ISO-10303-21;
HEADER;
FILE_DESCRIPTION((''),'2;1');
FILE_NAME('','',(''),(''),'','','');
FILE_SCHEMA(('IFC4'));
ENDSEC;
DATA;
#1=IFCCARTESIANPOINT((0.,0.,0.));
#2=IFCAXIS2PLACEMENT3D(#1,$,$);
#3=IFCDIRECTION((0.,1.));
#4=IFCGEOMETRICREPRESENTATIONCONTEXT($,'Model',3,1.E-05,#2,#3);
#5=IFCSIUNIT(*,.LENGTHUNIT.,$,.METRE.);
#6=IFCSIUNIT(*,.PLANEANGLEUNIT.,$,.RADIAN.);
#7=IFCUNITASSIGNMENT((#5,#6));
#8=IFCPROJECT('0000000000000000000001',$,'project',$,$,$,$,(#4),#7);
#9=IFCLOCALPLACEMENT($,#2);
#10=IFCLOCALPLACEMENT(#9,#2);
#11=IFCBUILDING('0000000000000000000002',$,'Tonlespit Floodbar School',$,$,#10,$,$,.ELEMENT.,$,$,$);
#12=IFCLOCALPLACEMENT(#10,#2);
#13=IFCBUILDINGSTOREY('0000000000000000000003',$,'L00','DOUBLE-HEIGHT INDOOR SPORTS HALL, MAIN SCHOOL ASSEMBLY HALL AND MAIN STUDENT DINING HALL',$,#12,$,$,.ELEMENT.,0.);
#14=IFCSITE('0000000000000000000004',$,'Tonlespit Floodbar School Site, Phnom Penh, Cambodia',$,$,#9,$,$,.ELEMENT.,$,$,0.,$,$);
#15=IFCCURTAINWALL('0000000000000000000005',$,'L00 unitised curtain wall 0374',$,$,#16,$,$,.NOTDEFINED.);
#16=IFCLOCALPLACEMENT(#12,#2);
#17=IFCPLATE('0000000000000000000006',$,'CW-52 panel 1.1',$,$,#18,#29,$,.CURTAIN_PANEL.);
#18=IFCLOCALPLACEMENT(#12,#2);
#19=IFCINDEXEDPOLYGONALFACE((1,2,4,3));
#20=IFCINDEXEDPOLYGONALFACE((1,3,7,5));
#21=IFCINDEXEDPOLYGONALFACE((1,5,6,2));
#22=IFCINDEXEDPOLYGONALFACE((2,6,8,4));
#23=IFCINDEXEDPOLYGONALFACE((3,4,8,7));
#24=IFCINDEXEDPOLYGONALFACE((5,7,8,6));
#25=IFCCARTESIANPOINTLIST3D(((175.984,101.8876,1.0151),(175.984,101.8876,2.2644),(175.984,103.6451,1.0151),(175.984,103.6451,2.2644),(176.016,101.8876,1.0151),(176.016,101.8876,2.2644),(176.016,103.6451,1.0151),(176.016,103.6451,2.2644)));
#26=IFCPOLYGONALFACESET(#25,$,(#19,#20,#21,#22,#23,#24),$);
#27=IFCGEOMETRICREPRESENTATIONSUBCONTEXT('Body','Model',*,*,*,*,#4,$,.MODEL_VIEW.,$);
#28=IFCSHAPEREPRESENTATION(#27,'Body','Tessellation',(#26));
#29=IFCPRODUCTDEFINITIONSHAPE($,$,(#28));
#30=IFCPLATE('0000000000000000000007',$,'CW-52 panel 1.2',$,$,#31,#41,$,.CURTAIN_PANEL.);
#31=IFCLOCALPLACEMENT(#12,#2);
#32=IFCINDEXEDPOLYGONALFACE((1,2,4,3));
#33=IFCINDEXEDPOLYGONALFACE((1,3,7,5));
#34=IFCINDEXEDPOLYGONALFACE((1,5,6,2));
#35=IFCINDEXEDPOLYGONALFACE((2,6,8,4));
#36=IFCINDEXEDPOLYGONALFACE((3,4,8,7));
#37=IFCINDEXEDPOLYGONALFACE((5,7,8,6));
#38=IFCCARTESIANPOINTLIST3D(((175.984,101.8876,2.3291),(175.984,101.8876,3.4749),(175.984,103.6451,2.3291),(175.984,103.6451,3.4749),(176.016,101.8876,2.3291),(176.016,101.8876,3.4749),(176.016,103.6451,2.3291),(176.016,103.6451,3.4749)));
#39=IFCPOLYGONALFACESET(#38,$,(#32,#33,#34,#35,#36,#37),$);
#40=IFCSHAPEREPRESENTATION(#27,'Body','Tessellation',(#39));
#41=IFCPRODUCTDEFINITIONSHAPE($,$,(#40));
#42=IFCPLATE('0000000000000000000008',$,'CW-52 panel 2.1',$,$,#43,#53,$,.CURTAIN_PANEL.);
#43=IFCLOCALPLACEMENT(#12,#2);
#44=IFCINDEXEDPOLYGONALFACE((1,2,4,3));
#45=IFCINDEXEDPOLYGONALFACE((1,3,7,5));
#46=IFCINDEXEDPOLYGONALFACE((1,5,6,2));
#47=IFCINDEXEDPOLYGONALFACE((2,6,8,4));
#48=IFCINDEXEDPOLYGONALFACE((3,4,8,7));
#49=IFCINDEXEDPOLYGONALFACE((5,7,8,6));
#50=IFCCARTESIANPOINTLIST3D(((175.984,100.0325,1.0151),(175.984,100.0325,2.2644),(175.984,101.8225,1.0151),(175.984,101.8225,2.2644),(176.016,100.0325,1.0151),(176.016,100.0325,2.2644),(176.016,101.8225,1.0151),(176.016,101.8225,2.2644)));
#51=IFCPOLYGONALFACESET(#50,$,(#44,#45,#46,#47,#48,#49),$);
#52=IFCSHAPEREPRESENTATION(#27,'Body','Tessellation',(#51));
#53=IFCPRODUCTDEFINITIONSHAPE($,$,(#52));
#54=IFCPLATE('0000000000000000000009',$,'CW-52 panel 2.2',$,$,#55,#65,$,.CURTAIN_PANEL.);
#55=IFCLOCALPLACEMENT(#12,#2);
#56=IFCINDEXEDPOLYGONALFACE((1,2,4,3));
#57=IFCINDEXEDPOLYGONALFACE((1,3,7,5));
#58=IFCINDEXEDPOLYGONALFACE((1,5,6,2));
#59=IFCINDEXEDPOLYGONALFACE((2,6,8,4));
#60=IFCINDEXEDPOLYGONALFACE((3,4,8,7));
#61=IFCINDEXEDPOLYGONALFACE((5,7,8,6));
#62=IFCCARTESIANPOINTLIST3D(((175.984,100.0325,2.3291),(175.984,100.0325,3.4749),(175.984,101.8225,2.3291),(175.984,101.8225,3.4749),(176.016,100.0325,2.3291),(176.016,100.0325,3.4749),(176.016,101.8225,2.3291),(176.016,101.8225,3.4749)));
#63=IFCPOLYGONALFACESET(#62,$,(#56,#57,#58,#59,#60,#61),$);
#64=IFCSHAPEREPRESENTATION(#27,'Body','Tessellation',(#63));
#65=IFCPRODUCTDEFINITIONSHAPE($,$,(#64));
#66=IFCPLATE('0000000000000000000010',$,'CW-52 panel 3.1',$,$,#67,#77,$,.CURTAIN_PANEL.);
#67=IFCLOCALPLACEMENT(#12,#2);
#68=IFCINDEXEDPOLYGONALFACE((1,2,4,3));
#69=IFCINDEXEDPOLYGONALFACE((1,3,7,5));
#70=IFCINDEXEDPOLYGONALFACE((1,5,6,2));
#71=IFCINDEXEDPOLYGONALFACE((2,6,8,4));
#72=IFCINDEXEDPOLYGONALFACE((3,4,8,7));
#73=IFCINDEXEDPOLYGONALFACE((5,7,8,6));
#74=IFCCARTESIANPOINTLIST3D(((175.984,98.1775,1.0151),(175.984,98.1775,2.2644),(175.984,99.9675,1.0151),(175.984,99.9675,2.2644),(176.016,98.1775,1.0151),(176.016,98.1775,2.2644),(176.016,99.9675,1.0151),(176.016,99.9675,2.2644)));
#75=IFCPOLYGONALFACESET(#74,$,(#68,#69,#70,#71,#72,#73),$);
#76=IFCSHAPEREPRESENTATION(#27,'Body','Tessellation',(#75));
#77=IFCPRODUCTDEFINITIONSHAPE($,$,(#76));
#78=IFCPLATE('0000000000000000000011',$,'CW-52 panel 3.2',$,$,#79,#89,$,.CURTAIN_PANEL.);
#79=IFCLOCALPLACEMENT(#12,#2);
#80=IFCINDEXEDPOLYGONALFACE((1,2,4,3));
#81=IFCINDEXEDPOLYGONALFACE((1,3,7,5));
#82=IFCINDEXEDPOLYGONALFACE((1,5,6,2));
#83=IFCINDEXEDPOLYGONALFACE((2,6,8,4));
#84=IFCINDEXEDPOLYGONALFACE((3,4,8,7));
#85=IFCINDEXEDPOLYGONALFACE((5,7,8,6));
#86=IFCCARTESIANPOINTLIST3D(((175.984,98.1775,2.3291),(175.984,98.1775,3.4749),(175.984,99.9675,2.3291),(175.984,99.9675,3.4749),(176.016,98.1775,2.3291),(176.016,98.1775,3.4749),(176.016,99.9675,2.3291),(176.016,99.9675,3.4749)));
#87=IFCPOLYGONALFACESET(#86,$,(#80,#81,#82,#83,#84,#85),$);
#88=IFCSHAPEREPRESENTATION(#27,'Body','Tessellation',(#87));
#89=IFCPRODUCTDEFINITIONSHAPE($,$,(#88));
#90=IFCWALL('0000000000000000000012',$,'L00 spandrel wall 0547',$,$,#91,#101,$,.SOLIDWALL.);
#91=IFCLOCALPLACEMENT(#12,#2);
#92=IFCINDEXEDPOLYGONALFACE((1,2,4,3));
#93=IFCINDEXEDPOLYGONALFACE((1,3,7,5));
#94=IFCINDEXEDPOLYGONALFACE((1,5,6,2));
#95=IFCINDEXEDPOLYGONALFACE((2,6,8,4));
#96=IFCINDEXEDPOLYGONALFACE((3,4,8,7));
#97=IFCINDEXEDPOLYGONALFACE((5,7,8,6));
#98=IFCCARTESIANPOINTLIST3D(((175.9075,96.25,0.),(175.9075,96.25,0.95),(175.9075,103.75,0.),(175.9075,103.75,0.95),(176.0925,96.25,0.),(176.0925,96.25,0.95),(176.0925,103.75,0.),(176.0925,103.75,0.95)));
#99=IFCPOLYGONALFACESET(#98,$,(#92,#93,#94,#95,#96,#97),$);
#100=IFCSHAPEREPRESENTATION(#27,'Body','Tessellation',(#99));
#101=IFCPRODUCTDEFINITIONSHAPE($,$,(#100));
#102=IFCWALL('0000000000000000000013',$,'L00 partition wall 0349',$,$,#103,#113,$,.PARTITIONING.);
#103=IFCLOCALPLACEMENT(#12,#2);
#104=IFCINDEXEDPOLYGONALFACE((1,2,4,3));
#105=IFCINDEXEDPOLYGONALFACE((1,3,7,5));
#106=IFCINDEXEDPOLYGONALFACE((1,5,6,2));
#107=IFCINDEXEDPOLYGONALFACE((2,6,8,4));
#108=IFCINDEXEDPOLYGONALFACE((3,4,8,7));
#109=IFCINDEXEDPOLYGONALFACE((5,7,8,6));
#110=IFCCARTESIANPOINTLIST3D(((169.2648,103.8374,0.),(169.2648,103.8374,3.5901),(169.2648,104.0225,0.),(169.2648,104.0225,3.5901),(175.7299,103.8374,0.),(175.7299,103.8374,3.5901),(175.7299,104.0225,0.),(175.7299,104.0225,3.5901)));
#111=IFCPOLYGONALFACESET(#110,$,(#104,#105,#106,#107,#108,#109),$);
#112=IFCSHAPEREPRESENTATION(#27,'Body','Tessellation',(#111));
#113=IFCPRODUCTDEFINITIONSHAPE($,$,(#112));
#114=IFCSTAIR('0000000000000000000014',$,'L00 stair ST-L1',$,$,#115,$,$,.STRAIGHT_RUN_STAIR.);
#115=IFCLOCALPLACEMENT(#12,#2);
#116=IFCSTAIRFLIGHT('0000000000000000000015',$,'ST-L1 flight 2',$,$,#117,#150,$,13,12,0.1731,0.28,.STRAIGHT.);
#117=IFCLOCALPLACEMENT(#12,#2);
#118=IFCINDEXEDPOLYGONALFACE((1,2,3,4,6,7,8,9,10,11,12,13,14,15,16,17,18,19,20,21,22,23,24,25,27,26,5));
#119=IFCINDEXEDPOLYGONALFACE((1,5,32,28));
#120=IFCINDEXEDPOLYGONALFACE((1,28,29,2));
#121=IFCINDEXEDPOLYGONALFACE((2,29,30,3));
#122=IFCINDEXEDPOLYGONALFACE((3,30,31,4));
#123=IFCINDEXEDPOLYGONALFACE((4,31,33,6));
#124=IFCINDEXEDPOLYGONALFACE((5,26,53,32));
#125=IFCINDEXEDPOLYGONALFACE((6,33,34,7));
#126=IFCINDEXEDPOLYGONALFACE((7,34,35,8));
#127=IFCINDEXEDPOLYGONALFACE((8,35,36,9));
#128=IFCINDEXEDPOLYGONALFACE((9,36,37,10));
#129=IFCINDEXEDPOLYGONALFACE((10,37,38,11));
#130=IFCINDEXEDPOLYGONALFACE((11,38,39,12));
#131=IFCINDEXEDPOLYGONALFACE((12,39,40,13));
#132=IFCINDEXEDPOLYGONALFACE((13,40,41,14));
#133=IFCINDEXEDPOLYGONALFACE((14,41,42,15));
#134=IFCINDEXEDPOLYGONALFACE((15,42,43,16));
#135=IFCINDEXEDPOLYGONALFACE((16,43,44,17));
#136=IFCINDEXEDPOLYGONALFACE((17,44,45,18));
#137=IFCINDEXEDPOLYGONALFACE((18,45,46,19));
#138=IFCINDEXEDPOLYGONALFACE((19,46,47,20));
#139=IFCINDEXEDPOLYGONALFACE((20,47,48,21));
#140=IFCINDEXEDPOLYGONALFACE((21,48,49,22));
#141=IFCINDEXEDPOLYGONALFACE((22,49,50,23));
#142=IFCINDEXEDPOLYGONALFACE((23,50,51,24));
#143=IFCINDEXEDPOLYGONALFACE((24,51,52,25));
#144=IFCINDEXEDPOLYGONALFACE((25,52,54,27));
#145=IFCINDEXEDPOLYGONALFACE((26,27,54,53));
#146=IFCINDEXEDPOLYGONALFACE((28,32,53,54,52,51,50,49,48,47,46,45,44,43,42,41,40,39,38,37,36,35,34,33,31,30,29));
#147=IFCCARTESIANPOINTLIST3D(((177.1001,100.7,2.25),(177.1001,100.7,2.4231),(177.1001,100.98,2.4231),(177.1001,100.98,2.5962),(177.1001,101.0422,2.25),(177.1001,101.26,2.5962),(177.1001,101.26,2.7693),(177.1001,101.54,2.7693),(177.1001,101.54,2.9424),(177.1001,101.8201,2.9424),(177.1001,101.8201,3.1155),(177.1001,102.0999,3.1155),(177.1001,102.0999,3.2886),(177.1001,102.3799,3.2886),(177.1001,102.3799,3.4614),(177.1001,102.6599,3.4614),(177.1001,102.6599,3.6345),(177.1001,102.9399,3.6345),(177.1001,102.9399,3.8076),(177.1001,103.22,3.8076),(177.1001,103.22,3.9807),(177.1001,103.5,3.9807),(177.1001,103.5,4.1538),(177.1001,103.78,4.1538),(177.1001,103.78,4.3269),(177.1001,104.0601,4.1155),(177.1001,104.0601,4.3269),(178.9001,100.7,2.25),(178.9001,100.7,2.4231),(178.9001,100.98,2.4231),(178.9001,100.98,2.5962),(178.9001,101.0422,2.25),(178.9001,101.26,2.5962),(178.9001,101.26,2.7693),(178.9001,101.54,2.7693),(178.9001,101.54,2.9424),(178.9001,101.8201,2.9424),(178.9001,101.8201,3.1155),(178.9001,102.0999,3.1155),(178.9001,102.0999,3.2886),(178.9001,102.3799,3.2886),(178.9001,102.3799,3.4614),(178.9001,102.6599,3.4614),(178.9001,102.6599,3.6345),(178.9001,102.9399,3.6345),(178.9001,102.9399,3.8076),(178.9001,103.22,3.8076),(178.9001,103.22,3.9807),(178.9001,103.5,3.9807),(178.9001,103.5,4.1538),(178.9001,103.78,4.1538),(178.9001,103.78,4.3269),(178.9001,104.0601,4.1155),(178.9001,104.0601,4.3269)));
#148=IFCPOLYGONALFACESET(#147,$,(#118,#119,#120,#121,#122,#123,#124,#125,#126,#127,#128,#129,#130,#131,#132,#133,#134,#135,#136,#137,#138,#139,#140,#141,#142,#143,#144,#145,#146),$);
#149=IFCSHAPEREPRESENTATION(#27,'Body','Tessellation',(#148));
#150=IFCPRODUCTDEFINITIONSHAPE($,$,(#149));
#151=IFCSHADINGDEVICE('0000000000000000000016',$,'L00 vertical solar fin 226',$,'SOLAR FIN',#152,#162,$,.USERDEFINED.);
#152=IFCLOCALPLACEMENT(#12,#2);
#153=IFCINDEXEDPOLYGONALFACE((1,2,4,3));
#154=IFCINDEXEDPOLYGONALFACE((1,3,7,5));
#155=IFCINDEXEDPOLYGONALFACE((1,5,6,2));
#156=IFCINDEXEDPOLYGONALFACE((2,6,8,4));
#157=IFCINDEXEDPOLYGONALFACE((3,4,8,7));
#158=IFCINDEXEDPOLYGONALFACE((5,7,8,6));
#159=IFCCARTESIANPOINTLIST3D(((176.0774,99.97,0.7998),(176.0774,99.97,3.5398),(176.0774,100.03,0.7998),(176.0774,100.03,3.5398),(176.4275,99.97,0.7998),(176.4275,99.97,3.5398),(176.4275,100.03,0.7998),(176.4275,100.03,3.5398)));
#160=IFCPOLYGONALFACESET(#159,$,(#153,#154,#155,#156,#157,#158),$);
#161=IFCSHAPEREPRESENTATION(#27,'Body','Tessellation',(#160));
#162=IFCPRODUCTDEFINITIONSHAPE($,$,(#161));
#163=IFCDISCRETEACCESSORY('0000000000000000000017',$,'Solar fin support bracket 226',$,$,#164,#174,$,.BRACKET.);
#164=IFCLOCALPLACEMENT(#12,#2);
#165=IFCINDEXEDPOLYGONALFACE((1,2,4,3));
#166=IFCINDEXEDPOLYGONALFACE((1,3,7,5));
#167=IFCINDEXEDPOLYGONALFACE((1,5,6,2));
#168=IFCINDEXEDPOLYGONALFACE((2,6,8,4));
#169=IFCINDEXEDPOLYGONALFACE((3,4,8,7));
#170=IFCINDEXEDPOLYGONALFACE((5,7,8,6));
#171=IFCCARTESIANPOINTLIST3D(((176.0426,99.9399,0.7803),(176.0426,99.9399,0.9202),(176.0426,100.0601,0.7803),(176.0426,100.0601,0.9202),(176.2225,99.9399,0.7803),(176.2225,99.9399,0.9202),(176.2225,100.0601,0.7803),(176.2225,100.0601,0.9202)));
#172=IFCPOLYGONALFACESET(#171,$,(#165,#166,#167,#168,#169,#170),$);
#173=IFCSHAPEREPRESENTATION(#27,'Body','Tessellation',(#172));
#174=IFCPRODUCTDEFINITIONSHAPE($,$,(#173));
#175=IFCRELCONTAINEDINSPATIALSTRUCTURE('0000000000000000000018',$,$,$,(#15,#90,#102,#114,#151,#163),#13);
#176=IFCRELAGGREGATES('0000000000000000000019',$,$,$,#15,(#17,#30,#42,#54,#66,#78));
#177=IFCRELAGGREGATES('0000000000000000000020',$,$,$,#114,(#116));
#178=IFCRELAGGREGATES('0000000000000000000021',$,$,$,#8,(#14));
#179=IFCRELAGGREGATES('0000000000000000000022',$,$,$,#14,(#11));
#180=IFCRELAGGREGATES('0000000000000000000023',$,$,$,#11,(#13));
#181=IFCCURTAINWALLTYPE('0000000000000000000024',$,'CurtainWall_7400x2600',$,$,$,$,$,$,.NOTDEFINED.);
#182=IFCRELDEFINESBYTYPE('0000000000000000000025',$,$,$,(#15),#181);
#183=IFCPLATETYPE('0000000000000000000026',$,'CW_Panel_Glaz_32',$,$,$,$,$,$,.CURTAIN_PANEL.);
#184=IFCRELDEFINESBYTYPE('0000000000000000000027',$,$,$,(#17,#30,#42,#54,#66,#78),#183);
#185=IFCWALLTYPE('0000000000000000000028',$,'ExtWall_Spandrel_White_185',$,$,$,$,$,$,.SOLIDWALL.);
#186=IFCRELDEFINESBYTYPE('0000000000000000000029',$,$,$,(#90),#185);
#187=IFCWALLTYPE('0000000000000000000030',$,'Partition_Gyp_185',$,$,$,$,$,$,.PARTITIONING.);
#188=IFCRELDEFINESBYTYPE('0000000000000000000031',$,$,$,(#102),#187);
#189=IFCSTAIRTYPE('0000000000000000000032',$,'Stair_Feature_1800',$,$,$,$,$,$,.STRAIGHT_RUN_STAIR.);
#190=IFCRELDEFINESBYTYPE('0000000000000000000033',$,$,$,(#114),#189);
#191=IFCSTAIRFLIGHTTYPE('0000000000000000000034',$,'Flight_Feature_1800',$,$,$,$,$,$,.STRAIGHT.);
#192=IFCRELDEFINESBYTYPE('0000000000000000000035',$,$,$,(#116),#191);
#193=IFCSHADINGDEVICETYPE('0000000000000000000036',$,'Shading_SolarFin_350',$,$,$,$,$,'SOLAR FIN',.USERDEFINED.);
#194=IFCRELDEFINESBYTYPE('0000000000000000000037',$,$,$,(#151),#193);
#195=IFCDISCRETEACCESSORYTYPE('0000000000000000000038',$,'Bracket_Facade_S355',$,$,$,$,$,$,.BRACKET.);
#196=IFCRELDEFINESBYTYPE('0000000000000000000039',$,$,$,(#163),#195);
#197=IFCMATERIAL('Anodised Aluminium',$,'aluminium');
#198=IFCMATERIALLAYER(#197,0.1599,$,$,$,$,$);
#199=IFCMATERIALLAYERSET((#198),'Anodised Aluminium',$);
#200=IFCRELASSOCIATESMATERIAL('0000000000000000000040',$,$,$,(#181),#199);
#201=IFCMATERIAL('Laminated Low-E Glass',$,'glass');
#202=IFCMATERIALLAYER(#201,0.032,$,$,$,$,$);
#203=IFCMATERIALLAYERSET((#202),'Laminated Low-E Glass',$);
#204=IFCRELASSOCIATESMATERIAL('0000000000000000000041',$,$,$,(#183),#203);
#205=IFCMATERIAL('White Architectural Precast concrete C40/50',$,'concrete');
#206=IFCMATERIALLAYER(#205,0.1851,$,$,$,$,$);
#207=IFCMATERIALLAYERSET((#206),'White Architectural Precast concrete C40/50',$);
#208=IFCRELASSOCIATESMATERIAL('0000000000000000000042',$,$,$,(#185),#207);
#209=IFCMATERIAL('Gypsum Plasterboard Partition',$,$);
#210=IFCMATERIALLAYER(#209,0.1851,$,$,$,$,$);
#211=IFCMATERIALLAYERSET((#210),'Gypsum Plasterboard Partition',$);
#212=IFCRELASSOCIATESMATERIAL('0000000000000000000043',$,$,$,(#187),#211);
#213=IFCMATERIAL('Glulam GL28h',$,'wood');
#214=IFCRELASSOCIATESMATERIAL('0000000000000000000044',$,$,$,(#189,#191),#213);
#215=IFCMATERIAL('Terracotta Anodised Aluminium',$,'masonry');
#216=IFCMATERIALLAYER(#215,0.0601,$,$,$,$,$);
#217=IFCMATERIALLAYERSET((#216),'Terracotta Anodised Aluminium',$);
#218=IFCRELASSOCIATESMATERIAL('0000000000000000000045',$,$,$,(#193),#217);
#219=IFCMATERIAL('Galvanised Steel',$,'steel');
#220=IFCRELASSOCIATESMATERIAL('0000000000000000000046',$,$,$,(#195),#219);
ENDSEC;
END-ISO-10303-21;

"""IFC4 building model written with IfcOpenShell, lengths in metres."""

from ifc_helpers import new_model, si_unit, direction, frame, frame_2d, origin, origin_2d, place, context, subcontext, project, spatial, polyline, rectangle, outline, extrude, material, layer, layer_set, type_object, element, aggregate, save


model = new_model("IFC4")

# Units and contexts
model_context = context("Model", 3, precision=1e-05, world=origin(), true_north=direction((0.0, 1.0)))
body_context = subcontext(model_context, "Body", "Model", "MODEL_VIEW")
ifc_project = project(units=[si_unit("LENGTHUNIT", "METRE"), si_unit("PLANEANGLEUNIT", "RADIAN")], contexts=[model_context])

# Site, building, storey
site_placement = place(None, origin())
site = spatial("IfcSite", under=ifc_project, at=site_placement, Name="Tonlespit Floodbar School Site, Phnom Penh, Cambodia", CompositionType="ELEMENT", RefElevation=0.0)
building_placement = place(site_placement, origin())
building = spatial("IfcBuilding", under=site, at=building_placement, Name="Tonlespit Floodbar School", CompositionType="ELEMENT")
storey_placement = place(building_placement, origin())
storey = spatial("IfcBuildingStorey", under=building, at=storey_placement, Name="L00", Description="DOUBLE-HEIGHT INDOOR SPORTS HALL, MAIN SCHOOL ASSEMBLY HALL AND MAIN STUDENT DINING HALL", CompositionType="ELEMENT", Elevation=0.0)

# Curtain wall, plates
ifc_material_1 = material(Name="Anodised Aluminium", Category="aluminium")
ifc_layer_1 = layer(ifc_material_1, 0.1599)
ifc_layer_set_1 = layer_set([ifc_layer_1], Name="Anodised Aluminium")
curtain_wall_type = type_object("IfcCurtainWallType", Name="CurtainWall_7400x2600", PredefinedType="NOTDEFINED", material=ifc_layer_set_1)
curtain_wall_placement = place(storey_placement, origin())
curtain_wall = element("IfcCurtainWall", 1, at=curtain_wall_placement, inside=storey, type_object=curtain_wall_type, Name="L00 unitised curtain wall 0374", PredefinedType="NOTDEFINED")
ifc_material_2 = material(Name="Laminated Low-E Glass", Category="glass")
ifc_layer_2 = layer(ifc_material_2, 0.032)
ifc_layer_set_2 = layer_set([ifc_layer_2], Name="Laminated Low-E Glass")
plate_type = type_object("IfcPlateType", Name="CW_Panel_Glaz_32", PredefinedType="CURTAIN_PANEL", material=ifc_layer_set_2)
plate_1_placement = place(storey_placement, frame((176.0, 102.7664, 1.0151), z_axis=(0.0, 0.0, 1.0), x_axis=(0.0, -1.0, 0.0)))
plate_1 = element("IfcPlate", 2, at=plate_1_placement, type_object=plate_type, Name="CW-52 panel 1.1", PredefinedType="CURTAIN_PANEL", context=body_context, shape_type="SweptSolid", body=[
    extrude(rectangle(XDim=1.7576, YDim=0.032, at=origin_2d()), origin(), (0.0, 0.0, 1.0), 1.2493),
])
plate_2_placement = place(storey_placement, frame((176.0, 102.7664, 2.3291), z_axis=(0.0, 0.0, 1.0), x_axis=(0.0, -1.0, 0.0)))
plate_2 = element("IfcPlate", 3, at=plate_2_placement, type_object=plate_type, Name="CW-52 panel 1.2", PredefinedType="CURTAIN_PANEL", context=body_context, shape_type="SweptSolid", body=[
    extrude(rectangle(XDim=1.7576, YDim=0.032, at=origin_2d()), origin(), (0.0, 0.0, 1.0), 1.1458),
])
plate_3_placement = place(storey_placement, frame((176.0, 100.9275, 1.0151), z_axis=(0.0, 0.0, 1.0), x_axis=(0.0, -1.0, 0.0)))
plate_3 = element("IfcPlate", 4, at=plate_3_placement, type_object=plate_type, Name="CW-52 panel 2.1", PredefinedType="CURTAIN_PANEL", context=body_context, shape_type="SweptSolid", body=[
    extrude(rectangle(XDim=1.79, YDim=0.032, at=origin_2d()), origin(), (0.0, 0.0, 1.0), 1.2493),
])
plate_4_placement = place(storey_placement, frame((176.0, 100.9275, 2.3291), z_axis=(0.0, 0.0, 1.0), x_axis=(0.0, -1.0, 0.0)))
plate_4 = element("IfcPlate", 5, at=plate_4_placement, type_object=plate_type, Name="CW-52 panel 2.2", PredefinedType="CURTAIN_PANEL", context=body_context, shape_type="SweptSolid", body=[
    extrude(rectangle(XDim=1.79, YDim=0.032, at=origin_2d()), origin(), (0.0, 0.0, 1.0), 1.1458),
])
plate_5_placement = place(storey_placement, frame((176.0, 99.0725, 1.0151), z_axis=(0.0, 0.0, 1.0), x_axis=(0.0, -1.0, 0.0)))
plate_5 = element("IfcPlate", 6, at=plate_5_placement, type_object=plate_type, Name="CW-52 panel 3.1", PredefinedType="CURTAIN_PANEL", context=body_context, shape_type="SweptSolid", body=[
    extrude(rectangle(XDim=1.79, YDim=0.032, at=origin_2d()), origin(), (0.0, 0.0, 1.0), 1.2493),
])
plate_6_placement = place(storey_placement, frame((176.0, 99.0725, 2.3291), z_axis=(0.0, 0.0, 1.0), x_axis=(0.0, -1.0, 0.0)))
plate_6 = element("IfcPlate", 7, at=plate_6_placement, type_object=plate_type, Name="CW-52 panel 3.2", PredefinedType="CURTAIN_PANEL", context=body_context, shape_type="SweptSolid", body=[
    extrude(rectangle(XDim=1.79, YDim=0.032, at=origin_2d()), origin(), (0.0, 0.0, 1.0), 1.1458),
])
aggregate(curtain_wall, [plate_1, plate_2, plate_3, plate_4, plate_5, plate_6])

# Walls
ifc_material_3 = material(Name="White Architectural Precast concrete C40/50", Category="concrete")
ifc_layer_3 = layer(ifc_material_3, 0.1851)
ifc_layer_set_3 = layer_set([ifc_layer_3], Name="White Architectural Precast concrete C40/50")
wall_type_1 = type_object("IfcWallType", Name="ExtWall_Spandrel_White_185", PredefinedType="SOLIDWALL", material=ifc_layer_set_3)
wall_1_placement = place(storey_placement, frame((176.0, 103.75, 0.0), z_axis=(0.0, 0.0, 1.0), x_axis=(0.0, -1.0, 0.0)))
element("IfcWall", 8, at=wall_1_placement, inside=storey, type_object=wall_type_1, Name="L00 spandrel wall 0547", PredefinedType="SOLIDWALL", context=body_context, shape_type="SweptSolid", body=[
    extrude(rectangle(XDim=7.5, YDim=0.1851, at=frame_2d((3.75, 0.0))), origin(), (0.0, 0.0, 1.0), 0.95),
])
ifc_material_4 = material(Name="Gypsum Plasterboard Partition")
ifc_layer_4 = layer(ifc_material_4, 0.1851)
ifc_layer_set_4 = layer_set([ifc_layer_4], Name="Gypsum Plasterboard Partition")
wall_type_2 = type_object("IfcWallType", Name="Partition_Gyp_185", PredefinedType="PARTITIONING", material=ifc_layer_set_4)
wall_2_placement = place(storey_placement, frame((169.2649, 103.9299, 0.0), z_axis=(0.0, 0.0, 1.0), x_axis=(1.0, 0.0, 0.0)))
element("IfcWall", 9, at=wall_2_placement, inside=storey, type_object=wall_type_2, Name="L00 partition wall 0349", PredefinedType="PARTITIONING", context=body_context, shape_type="SweptSolid", body=[
    extrude(rectangle(XDim=6.4651, YDim=0.1851, at=frame_2d((3.2324, 0.0))), origin(), (0.0, 0.0, 1.0), 3.5901),
])

# Stair, stair flight
ifc_material_5 = material(Name="Glulam GL28h", Category="wood")
stair_type = type_object("IfcStairType", Name="Stair_Feature_1800", PredefinedType="STRAIGHT_RUN_STAIR", material=ifc_material_5)
stair_placement = place(storey_placement, origin())
stair = element("IfcStair", 10, at=stair_placement, inside=storey, type_object=stair_type, Name="L00 stair ST-L1", PredefinedType="STRAIGHT_RUN_STAIR")
stair_flight_type = type_object("IfcStairFlightType", Name="Flight_Feature_1800", PredefinedType="STRAIGHT", material=ifc_material_5)
stair_flight_placement = place(storey_placement, frame((178.0, 100.7, 2.25), z_axis=(0.0, 0.0, 1.0), x_axis=(0.0, 1.0, 0.0)))
stair_flight = element("IfcStairFlight", 11, at=stair_flight_placement, type_object=stair_flight_type, Name="ST-L1 flight 2", NumberOfRisers=13, NumberOfTreads=12, PredefinedType="STRAIGHT", RiserHeight=0.1731, TreadLength=0.28, context=body_context, shape_type="SweptSolid", body=[
    extrude(outline(polyline([(0.0, 0.0), (0.0, 0.1731), (0.28, 0.1731), (0.28, 0.3462), (0.5601, 0.3462), (0.5601, 0.5193), (0.8401, 0.5193), (0.8401, 0.6924), (1.1201, 0.6924), (1.1201, 0.8655), (1.3999, 0.8655), (1.3999, 1.0386), (1.6799, 1.0386), (1.6799, 1.2114), (1.96, 1.2114), (1.96, 1.3845), (2.24, 1.3845), (2.24, 1.5576), (2.52, 1.5576), (2.52, 1.7307), (2.8, 1.7307), (2.8, 1.9038), (3.0801, 1.9038), (3.0801, 2.0769), (3.3601, 2.0769), (3.3601, 2.25), (3.3601, 1.8655), (0.3423, 0.0), (0.0, 0.0)])), frame((0.0, 0.8999, 0.0), z_axis=(0.0, -1.0, 0.0), x_axis=(1.0, 0.0, 0.0)), (0.0, 0.0, 1.0), 1.8),
])
aggregate(stair, [stair_flight])

# Shading device
ifc_material_6 = material(Name="Terracotta Anodised Aluminium", Category="masonry")
ifc_layer_5 = layer(ifc_material_6, 0.0601)
ifc_layer_set_5 = layer_set([ifc_layer_5], Name="Terracotta Anodised Aluminium")
shading_device_type = type_object("IfcShadingDeviceType", Name="Shading_SolarFin_350", ElementType="SOLAR FIN", PredefinedType="USERDEFINED", material=ifc_layer_set_5)
shading_device_placement = place(storey_placement, frame((176.2524, 100.0, 0.7998), z_axis=(0.0, 0.0, 1.0), x_axis=(0.0, -1.0, 0.0)))
element("IfcShadingDevice", 12, at=shading_device_placement, inside=storey, type_object=shading_device_type, Name="L00 vertical solar fin 226", ObjectType="SOLAR FIN", PredefinedType="USERDEFINED", context=body_context, shape_type="SweptSolid", body=[
    extrude(rectangle(XDim=0.0601, YDim=0.3501, at=origin_2d()), origin(), (0.0, 0.0, 1.0), 2.74),
])

# Discrete accessory
ifc_material_7 = material(Name="Galvanised Steel", Category="steel")
discrete_accessory_type = type_object("IfcDiscreteAccessoryType", Name="Bracket_Facade_S355", PredefinedType="BRACKET", material=ifc_material_7)
discrete_accessory_placement = place(storey_placement, frame((176.1326, 100.0, 0.7803), z_axis=(0.0, 0.0, 1.0), x_axis=(0.0, -1.0, 0.0)))
element("IfcDiscreteAccessory", 13, at=discrete_accessory_placement, inside=storey, type_object=discrete_accessory_type, Name="Solar fin support bracket 226", PredefinedType="BRACKET", context=body_context, shape_type="SweptSolid", body=[
    extrude(rectangle(XDim=0.1201, YDim=0.1799, at=origin_2d()), origin(), (0.0, 0.0, 1.0), 0.1399),
])

save(model, "model.ifc")
